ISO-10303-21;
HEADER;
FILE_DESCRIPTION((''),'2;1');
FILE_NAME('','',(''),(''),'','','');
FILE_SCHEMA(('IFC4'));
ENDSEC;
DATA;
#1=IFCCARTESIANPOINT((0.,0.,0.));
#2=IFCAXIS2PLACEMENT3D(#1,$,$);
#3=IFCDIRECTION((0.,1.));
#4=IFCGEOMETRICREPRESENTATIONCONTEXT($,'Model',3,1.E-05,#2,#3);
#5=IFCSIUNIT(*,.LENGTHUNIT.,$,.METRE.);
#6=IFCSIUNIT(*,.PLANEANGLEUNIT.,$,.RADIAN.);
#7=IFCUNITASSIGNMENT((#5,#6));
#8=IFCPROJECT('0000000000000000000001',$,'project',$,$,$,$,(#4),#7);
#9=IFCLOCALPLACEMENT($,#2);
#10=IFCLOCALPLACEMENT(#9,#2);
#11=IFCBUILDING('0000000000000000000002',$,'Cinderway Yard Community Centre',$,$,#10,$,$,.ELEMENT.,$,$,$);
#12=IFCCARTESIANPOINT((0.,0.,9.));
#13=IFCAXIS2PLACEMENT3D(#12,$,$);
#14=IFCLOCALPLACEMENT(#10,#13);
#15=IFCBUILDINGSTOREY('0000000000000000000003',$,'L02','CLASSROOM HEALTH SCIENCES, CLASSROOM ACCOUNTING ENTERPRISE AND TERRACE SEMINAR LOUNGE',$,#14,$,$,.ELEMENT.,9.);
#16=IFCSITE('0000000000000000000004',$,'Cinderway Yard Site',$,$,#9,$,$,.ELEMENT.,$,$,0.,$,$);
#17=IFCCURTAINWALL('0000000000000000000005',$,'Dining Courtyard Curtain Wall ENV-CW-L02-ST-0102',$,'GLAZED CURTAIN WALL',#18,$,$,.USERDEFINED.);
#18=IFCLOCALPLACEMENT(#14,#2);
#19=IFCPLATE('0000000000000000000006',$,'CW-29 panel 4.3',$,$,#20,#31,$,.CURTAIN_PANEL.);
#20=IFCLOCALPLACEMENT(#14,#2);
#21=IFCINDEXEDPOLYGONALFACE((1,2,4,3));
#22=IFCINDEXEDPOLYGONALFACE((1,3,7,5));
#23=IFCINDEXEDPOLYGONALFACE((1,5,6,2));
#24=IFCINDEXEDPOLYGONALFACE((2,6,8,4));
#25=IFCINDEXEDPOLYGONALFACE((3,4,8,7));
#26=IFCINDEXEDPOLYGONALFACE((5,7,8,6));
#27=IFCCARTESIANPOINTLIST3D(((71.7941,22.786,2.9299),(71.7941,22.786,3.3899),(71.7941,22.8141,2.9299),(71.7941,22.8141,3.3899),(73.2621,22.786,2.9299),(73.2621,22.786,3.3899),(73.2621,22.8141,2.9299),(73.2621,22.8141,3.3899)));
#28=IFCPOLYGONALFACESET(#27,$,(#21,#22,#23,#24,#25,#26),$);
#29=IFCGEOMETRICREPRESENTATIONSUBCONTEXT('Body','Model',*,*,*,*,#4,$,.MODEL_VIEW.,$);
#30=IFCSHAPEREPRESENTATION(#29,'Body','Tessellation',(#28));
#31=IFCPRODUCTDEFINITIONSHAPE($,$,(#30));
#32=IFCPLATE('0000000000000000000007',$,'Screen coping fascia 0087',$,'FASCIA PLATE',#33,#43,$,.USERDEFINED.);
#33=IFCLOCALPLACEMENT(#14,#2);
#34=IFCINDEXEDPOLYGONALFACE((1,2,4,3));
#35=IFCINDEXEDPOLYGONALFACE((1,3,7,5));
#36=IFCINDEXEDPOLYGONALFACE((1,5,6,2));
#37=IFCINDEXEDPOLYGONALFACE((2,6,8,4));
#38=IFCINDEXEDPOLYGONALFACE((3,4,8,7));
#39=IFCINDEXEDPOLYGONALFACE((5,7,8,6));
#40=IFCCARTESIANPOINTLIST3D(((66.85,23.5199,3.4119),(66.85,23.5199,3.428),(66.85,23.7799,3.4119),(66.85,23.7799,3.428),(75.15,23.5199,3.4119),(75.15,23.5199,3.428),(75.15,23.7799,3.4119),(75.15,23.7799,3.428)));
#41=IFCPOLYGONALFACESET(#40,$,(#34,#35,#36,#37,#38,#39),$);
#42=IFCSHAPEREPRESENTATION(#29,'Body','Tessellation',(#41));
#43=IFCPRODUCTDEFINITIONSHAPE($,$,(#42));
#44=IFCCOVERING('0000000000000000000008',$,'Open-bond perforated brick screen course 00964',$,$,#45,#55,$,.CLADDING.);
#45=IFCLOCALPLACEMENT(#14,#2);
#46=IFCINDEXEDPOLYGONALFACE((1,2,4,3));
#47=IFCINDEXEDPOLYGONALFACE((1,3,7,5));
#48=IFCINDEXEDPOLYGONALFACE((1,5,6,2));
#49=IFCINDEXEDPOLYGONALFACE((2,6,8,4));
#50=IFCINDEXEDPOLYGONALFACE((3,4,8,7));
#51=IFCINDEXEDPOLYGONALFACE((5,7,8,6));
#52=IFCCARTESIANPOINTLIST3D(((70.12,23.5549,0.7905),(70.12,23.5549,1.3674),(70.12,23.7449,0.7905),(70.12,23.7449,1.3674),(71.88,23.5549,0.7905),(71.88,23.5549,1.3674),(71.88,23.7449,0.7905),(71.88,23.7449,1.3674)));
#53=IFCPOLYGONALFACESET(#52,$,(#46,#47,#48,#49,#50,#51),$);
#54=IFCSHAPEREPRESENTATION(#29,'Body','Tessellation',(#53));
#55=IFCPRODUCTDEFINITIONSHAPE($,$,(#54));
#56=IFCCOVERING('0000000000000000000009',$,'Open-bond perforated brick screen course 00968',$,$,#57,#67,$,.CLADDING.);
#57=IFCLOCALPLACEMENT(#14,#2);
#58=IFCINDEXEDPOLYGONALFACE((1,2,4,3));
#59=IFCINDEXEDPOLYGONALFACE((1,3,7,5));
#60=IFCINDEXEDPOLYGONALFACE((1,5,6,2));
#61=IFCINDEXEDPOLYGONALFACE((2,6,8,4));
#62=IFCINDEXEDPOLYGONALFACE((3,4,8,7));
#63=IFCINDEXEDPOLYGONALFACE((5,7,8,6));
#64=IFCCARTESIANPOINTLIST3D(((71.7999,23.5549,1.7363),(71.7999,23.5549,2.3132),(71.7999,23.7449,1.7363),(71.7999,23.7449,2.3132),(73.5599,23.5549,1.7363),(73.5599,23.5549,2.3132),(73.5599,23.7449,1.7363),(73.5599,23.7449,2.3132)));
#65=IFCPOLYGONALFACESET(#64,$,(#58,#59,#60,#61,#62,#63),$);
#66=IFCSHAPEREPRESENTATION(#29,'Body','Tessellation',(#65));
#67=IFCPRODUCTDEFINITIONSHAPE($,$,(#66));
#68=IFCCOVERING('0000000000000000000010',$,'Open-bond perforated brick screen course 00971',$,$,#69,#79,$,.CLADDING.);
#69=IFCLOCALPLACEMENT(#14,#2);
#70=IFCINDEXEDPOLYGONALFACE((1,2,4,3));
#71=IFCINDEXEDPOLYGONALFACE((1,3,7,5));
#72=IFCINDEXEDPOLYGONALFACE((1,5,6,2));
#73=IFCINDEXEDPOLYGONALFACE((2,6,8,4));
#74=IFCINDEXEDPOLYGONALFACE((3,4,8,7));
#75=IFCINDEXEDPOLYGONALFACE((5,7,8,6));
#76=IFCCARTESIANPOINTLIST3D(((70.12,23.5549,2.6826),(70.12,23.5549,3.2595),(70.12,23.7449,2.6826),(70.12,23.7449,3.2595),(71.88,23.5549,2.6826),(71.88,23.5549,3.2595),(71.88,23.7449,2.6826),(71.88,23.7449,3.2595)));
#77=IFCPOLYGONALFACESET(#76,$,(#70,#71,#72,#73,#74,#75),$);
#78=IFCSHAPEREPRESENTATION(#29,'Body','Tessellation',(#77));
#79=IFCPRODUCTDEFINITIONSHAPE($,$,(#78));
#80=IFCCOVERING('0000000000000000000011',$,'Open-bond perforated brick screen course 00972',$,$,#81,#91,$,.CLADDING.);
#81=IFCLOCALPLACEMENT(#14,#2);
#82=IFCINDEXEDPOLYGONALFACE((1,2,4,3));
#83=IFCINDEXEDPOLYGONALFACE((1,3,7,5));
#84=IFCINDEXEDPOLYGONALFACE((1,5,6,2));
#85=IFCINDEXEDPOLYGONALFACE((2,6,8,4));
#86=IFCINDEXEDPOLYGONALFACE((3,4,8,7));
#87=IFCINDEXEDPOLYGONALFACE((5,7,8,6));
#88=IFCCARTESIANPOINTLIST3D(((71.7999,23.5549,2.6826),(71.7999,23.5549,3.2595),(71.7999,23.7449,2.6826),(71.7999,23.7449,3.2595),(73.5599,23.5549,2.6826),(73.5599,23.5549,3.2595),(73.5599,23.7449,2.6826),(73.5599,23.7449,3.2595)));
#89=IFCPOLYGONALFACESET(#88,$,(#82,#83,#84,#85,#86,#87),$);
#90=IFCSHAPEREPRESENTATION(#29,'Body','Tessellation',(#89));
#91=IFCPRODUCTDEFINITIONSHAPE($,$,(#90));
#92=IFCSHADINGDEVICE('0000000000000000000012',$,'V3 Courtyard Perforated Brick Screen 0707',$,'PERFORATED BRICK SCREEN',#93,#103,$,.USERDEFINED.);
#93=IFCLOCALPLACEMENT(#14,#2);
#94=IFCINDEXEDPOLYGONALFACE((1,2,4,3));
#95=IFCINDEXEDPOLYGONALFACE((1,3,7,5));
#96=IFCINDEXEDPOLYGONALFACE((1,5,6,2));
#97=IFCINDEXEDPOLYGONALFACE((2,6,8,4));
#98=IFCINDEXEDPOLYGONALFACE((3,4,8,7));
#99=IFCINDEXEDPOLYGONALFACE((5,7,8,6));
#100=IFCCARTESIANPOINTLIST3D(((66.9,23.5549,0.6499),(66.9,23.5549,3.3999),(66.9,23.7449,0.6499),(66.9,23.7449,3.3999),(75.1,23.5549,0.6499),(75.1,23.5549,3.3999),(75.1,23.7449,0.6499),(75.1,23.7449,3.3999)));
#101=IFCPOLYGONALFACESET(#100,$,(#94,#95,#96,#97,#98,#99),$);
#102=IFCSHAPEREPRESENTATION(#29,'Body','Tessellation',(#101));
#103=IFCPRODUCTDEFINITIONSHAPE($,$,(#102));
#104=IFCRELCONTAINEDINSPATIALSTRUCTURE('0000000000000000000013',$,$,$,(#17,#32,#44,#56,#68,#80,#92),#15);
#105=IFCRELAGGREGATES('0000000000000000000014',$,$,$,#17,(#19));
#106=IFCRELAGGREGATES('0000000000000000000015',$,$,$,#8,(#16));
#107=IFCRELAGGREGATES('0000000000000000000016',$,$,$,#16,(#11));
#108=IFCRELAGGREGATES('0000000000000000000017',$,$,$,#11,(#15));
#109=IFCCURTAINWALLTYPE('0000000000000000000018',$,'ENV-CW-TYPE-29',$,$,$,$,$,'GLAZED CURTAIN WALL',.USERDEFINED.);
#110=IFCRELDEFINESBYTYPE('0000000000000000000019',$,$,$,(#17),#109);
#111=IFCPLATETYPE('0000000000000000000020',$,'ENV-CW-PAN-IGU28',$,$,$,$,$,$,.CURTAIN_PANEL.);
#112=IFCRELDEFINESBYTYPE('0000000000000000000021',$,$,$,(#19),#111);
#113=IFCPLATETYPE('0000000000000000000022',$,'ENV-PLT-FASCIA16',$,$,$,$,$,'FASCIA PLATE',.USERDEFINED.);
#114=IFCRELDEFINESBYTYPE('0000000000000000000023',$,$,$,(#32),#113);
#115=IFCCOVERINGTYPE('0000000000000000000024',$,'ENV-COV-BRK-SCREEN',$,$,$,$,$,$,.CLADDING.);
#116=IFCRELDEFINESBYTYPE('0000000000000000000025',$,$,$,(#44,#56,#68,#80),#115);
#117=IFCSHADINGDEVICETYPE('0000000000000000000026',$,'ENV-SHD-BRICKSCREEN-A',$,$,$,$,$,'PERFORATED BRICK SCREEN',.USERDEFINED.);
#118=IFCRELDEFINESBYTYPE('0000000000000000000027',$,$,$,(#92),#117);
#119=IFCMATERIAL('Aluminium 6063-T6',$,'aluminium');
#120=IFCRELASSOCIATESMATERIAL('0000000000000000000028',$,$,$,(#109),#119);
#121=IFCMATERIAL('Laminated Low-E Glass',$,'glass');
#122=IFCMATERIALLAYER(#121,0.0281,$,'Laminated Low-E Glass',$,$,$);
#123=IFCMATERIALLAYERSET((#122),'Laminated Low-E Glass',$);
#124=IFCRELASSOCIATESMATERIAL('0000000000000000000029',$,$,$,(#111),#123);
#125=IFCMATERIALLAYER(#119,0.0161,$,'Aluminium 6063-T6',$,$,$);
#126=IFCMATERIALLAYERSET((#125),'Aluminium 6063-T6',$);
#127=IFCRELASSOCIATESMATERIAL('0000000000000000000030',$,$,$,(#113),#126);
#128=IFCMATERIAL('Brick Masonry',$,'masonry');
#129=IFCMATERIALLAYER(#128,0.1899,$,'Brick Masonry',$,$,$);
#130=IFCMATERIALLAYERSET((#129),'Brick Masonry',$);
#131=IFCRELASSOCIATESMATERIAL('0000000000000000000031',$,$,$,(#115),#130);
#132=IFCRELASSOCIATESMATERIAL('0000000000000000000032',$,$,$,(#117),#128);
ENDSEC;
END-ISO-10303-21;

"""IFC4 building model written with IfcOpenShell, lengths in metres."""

from ifc_helpers import new_model, si_unit, direction, frame, origin, origin_2d, place, context, subcontext, project, spatial, rectangle, extrude, material, layer, layer_set, type_object, element, aggregate, save


model = new_model("IFC4")

# Units and contexts
model_context = context("Model", 3, precision=1e-05, world=origin(), true_north=direction((0.0, 1.0)))
body_context = subcontext(model_context, "Body", "Model", "MODEL_VIEW")
ifc_project = project(units=[si_unit("LENGTHUNIT", "METRE"), si_unit("PLANEANGLEUNIT", "RADIAN")], contexts=[model_context])

# Site, building, storey
site_placement = place(None, origin())
site = spatial("IfcSite", under=ifc_project, at=site_placement, Name="Cinderway Yard Site", CompositionType="ELEMENT", RefElevation=0.0)
building_placement = place(site_placement, origin())
building = spatial("IfcBuilding", under=site, at=building_placement, Name="Cinderway Yard Community Centre", CompositionType="ELEMENT")
storey_placement = place(building_placement, frame((0.0, 0.0, 9.0)))
storey = spatial("IfcBuildingStorey", under=building, at=storey_placement, Name="L02", Description="CLASSROOM HEALTH SCIENCES, CLASSROOM ACCOUNTING ENTERPRISE AND TERRACE SEMINAR LOUNGE", CompositionType="ELEMENT", Elevation=9.0)

# Curtain wall
ifc_material_1 = material(Name="Aluminium 6063-T6", Category="aluminium")
curtain_wall_type = type_object("IfcCurtainWallType", Name="ENV-CW-TYPE-29", ElementType="GLAZED CURTAIN WALL", PredefinedType="USERDEFINED", material=ifc_material_1)
curtain_wall_placement = place(storey_placement, origin())
curtain_wall = element("IfcCurtainWall", 1, at=curtain_wall_placement, inside=storey, type_object=curtain_wall_type, Name="Dining Courtyard Curtain Wall ENV-CW-L02-ST-0102", ObjectType="GLAZED CURTAIN WALL", PredefinedType="USERDEFINED")

# Plates
ifc_material_2 = material(Name="Laminated Low-E Glass", Category="glass")
ifc_layer_1 = layer(ifc_material_2, 0.0281, Name="Laminated Low-E Glass")
ifc_layer_set_1 = layer_set([ifc_layer_1], Name="Laminated Low-E Glass")
plate_type_1 = type_object("IfcPlateType", Name="ENV-CW-PAN-IGU28", PredefinedType="CURTAIN_PANEL", material=ifc_layer_set_1)
plate_1_placement = place(storey_placement, frame((72.5281, 22.8, 2.9299), z_axis=(0.0, 0.0, 1.0), x_axis=(1.0, 0.0, 0.0)))
plate_1 = element("IfcPlate", 2, at=plate_1_placement, type_object=plate_type_1, Name="CW-29 panel 4.3", PredefinedType="CURTAIN_PANEL", context=body_context, shape_type="SweptSolid", body=[
    extrude(rectangle(XDim=1.468, YDim=0.0281, at=origin_2d()), origin(), (0.0, 0.0, 1.0), 0.46),
])
aggregate(curtain_wall, [plate_1])
ifc_layer_2 = layer(ifc_material_1, 0.0161, Name="Aluminium 6063-T6")
ifc_layer_set_2 = layer_set([ifc_layer_2], Name="Aluminium 6063-T6")
plate_type_2 = type_object("IfcPlateType", Name="ENV-PLT-FASCIA16", ElementType="FASCIA PLATE", PredefinedType="USERDEFINED", material=ifc_layer_set_2)
plate_2_placement = place(storey_placement, frame((71.0, 23.6499, 3.4119), z_axis=(0.0, 0.0, 1.0), x_axis=(1.0, 0.0, 0.0)))
element("IfcPlate", 3, at=plate_2_placement, inside=storey, type_object=plate_type_2, Name="Screen coping fascia 0087", ObjectType="FASCIA PLATE", PredefinedType="USERDEFINED", context=body_context, shape_type="SweptSolid", body=[
    extrude(rectangle(XDim=8.3, YDim=0.26, at=origin_2d()), origin(), (0.0, 0.0, 1.0), 0.0161),
])

# Coverings
ifc_material_3 = material(Name="Brick Masonry", Category="masonry")
ifc_layer_3 = layer(ifc_material_3, 0.1899, Name="Brick Masonry")
ifc_layer_set_3 = layer_set([ifc_layer_3], Name="Brick Masonry")
covering_type = type_object("IfcCoveringType", Name="ENV-COV-BRK-SCREEN", PredefinedType="CLADDING", material=ifc_layer_set_3)
for number, where, z_axis, x_axis, name in (
    (4, (71.0, 23.6499, 0.7905), (0.0, 0.0, 1.0), (1.0, 0.0, 0.0), "Open-bond perforated brick screen course 00964"),
    (5, (72.6799, 23.6499, 1.7363), (0.0, 0.0, 1.0), (1.0, 0.0, 0.0), "Open-bond perforated brick screen course 00968"),
    (6, (71.0, 23.6499, 2.6826), (0.0, 0.0, 1.0), (1.0, 0.0, 0.0), "Open-bond perforated brick screen course 00971"),
    (7, (72.6799, 23.6499, 2.6826), (0.0, 0.0, 1.0), (1.0, 0.0, 0.0), "Open-bond perforated brick screen course 00972"),
):
    element("IfcCovering", number, at=place(storey_placement, frame(where, z_axis=z_axis, x_axis=x_axis)), inside=storey, type_object=covering_type, Name=name, PredefinedType="CLADDING", context=body_context, shape_type="SweptSolid", body=[
        extrude(rectangle(XDim=1.76, YDim=0.1899, at=origin_2d()), origin(), (0.0, 0.0, 1.0), 0.5769),
    ])

# Shading device
shading_device_type = type_object("IfcShadingDeviceType", Name="ENV-SHD-BRICKSCREEN-A", ElementType="PERFORATED BRICK SCREEN", PredefinedType="USERDEFINED", material=ifc_material_3)
shading_device_placement = place(storey_placement, frame((71.0, 23.6499, 0.6499), z_axis=(0.0, 0.0, 1.0), x_axis=(1.0, 0.0, 0.0)))
element("IfcShadingDevice", 8, at=shading_device_placement, inside=storey, type_object=shading_device_type, Name="V3 Courtyard Perforated Brick Screen 0707", ObjectType="PERFORATED BRICK SCREEN", PredefinedType="USERDEFINED", context=body_context, shape_type="SweptSolid", body=[
    extrude(rectangle(XDim=8.2, YDim=0.1899, at=origin_2d()), origin(), (0.0, 0.0, 1.0), 2.75),
])

save(model, "model.ifc")
